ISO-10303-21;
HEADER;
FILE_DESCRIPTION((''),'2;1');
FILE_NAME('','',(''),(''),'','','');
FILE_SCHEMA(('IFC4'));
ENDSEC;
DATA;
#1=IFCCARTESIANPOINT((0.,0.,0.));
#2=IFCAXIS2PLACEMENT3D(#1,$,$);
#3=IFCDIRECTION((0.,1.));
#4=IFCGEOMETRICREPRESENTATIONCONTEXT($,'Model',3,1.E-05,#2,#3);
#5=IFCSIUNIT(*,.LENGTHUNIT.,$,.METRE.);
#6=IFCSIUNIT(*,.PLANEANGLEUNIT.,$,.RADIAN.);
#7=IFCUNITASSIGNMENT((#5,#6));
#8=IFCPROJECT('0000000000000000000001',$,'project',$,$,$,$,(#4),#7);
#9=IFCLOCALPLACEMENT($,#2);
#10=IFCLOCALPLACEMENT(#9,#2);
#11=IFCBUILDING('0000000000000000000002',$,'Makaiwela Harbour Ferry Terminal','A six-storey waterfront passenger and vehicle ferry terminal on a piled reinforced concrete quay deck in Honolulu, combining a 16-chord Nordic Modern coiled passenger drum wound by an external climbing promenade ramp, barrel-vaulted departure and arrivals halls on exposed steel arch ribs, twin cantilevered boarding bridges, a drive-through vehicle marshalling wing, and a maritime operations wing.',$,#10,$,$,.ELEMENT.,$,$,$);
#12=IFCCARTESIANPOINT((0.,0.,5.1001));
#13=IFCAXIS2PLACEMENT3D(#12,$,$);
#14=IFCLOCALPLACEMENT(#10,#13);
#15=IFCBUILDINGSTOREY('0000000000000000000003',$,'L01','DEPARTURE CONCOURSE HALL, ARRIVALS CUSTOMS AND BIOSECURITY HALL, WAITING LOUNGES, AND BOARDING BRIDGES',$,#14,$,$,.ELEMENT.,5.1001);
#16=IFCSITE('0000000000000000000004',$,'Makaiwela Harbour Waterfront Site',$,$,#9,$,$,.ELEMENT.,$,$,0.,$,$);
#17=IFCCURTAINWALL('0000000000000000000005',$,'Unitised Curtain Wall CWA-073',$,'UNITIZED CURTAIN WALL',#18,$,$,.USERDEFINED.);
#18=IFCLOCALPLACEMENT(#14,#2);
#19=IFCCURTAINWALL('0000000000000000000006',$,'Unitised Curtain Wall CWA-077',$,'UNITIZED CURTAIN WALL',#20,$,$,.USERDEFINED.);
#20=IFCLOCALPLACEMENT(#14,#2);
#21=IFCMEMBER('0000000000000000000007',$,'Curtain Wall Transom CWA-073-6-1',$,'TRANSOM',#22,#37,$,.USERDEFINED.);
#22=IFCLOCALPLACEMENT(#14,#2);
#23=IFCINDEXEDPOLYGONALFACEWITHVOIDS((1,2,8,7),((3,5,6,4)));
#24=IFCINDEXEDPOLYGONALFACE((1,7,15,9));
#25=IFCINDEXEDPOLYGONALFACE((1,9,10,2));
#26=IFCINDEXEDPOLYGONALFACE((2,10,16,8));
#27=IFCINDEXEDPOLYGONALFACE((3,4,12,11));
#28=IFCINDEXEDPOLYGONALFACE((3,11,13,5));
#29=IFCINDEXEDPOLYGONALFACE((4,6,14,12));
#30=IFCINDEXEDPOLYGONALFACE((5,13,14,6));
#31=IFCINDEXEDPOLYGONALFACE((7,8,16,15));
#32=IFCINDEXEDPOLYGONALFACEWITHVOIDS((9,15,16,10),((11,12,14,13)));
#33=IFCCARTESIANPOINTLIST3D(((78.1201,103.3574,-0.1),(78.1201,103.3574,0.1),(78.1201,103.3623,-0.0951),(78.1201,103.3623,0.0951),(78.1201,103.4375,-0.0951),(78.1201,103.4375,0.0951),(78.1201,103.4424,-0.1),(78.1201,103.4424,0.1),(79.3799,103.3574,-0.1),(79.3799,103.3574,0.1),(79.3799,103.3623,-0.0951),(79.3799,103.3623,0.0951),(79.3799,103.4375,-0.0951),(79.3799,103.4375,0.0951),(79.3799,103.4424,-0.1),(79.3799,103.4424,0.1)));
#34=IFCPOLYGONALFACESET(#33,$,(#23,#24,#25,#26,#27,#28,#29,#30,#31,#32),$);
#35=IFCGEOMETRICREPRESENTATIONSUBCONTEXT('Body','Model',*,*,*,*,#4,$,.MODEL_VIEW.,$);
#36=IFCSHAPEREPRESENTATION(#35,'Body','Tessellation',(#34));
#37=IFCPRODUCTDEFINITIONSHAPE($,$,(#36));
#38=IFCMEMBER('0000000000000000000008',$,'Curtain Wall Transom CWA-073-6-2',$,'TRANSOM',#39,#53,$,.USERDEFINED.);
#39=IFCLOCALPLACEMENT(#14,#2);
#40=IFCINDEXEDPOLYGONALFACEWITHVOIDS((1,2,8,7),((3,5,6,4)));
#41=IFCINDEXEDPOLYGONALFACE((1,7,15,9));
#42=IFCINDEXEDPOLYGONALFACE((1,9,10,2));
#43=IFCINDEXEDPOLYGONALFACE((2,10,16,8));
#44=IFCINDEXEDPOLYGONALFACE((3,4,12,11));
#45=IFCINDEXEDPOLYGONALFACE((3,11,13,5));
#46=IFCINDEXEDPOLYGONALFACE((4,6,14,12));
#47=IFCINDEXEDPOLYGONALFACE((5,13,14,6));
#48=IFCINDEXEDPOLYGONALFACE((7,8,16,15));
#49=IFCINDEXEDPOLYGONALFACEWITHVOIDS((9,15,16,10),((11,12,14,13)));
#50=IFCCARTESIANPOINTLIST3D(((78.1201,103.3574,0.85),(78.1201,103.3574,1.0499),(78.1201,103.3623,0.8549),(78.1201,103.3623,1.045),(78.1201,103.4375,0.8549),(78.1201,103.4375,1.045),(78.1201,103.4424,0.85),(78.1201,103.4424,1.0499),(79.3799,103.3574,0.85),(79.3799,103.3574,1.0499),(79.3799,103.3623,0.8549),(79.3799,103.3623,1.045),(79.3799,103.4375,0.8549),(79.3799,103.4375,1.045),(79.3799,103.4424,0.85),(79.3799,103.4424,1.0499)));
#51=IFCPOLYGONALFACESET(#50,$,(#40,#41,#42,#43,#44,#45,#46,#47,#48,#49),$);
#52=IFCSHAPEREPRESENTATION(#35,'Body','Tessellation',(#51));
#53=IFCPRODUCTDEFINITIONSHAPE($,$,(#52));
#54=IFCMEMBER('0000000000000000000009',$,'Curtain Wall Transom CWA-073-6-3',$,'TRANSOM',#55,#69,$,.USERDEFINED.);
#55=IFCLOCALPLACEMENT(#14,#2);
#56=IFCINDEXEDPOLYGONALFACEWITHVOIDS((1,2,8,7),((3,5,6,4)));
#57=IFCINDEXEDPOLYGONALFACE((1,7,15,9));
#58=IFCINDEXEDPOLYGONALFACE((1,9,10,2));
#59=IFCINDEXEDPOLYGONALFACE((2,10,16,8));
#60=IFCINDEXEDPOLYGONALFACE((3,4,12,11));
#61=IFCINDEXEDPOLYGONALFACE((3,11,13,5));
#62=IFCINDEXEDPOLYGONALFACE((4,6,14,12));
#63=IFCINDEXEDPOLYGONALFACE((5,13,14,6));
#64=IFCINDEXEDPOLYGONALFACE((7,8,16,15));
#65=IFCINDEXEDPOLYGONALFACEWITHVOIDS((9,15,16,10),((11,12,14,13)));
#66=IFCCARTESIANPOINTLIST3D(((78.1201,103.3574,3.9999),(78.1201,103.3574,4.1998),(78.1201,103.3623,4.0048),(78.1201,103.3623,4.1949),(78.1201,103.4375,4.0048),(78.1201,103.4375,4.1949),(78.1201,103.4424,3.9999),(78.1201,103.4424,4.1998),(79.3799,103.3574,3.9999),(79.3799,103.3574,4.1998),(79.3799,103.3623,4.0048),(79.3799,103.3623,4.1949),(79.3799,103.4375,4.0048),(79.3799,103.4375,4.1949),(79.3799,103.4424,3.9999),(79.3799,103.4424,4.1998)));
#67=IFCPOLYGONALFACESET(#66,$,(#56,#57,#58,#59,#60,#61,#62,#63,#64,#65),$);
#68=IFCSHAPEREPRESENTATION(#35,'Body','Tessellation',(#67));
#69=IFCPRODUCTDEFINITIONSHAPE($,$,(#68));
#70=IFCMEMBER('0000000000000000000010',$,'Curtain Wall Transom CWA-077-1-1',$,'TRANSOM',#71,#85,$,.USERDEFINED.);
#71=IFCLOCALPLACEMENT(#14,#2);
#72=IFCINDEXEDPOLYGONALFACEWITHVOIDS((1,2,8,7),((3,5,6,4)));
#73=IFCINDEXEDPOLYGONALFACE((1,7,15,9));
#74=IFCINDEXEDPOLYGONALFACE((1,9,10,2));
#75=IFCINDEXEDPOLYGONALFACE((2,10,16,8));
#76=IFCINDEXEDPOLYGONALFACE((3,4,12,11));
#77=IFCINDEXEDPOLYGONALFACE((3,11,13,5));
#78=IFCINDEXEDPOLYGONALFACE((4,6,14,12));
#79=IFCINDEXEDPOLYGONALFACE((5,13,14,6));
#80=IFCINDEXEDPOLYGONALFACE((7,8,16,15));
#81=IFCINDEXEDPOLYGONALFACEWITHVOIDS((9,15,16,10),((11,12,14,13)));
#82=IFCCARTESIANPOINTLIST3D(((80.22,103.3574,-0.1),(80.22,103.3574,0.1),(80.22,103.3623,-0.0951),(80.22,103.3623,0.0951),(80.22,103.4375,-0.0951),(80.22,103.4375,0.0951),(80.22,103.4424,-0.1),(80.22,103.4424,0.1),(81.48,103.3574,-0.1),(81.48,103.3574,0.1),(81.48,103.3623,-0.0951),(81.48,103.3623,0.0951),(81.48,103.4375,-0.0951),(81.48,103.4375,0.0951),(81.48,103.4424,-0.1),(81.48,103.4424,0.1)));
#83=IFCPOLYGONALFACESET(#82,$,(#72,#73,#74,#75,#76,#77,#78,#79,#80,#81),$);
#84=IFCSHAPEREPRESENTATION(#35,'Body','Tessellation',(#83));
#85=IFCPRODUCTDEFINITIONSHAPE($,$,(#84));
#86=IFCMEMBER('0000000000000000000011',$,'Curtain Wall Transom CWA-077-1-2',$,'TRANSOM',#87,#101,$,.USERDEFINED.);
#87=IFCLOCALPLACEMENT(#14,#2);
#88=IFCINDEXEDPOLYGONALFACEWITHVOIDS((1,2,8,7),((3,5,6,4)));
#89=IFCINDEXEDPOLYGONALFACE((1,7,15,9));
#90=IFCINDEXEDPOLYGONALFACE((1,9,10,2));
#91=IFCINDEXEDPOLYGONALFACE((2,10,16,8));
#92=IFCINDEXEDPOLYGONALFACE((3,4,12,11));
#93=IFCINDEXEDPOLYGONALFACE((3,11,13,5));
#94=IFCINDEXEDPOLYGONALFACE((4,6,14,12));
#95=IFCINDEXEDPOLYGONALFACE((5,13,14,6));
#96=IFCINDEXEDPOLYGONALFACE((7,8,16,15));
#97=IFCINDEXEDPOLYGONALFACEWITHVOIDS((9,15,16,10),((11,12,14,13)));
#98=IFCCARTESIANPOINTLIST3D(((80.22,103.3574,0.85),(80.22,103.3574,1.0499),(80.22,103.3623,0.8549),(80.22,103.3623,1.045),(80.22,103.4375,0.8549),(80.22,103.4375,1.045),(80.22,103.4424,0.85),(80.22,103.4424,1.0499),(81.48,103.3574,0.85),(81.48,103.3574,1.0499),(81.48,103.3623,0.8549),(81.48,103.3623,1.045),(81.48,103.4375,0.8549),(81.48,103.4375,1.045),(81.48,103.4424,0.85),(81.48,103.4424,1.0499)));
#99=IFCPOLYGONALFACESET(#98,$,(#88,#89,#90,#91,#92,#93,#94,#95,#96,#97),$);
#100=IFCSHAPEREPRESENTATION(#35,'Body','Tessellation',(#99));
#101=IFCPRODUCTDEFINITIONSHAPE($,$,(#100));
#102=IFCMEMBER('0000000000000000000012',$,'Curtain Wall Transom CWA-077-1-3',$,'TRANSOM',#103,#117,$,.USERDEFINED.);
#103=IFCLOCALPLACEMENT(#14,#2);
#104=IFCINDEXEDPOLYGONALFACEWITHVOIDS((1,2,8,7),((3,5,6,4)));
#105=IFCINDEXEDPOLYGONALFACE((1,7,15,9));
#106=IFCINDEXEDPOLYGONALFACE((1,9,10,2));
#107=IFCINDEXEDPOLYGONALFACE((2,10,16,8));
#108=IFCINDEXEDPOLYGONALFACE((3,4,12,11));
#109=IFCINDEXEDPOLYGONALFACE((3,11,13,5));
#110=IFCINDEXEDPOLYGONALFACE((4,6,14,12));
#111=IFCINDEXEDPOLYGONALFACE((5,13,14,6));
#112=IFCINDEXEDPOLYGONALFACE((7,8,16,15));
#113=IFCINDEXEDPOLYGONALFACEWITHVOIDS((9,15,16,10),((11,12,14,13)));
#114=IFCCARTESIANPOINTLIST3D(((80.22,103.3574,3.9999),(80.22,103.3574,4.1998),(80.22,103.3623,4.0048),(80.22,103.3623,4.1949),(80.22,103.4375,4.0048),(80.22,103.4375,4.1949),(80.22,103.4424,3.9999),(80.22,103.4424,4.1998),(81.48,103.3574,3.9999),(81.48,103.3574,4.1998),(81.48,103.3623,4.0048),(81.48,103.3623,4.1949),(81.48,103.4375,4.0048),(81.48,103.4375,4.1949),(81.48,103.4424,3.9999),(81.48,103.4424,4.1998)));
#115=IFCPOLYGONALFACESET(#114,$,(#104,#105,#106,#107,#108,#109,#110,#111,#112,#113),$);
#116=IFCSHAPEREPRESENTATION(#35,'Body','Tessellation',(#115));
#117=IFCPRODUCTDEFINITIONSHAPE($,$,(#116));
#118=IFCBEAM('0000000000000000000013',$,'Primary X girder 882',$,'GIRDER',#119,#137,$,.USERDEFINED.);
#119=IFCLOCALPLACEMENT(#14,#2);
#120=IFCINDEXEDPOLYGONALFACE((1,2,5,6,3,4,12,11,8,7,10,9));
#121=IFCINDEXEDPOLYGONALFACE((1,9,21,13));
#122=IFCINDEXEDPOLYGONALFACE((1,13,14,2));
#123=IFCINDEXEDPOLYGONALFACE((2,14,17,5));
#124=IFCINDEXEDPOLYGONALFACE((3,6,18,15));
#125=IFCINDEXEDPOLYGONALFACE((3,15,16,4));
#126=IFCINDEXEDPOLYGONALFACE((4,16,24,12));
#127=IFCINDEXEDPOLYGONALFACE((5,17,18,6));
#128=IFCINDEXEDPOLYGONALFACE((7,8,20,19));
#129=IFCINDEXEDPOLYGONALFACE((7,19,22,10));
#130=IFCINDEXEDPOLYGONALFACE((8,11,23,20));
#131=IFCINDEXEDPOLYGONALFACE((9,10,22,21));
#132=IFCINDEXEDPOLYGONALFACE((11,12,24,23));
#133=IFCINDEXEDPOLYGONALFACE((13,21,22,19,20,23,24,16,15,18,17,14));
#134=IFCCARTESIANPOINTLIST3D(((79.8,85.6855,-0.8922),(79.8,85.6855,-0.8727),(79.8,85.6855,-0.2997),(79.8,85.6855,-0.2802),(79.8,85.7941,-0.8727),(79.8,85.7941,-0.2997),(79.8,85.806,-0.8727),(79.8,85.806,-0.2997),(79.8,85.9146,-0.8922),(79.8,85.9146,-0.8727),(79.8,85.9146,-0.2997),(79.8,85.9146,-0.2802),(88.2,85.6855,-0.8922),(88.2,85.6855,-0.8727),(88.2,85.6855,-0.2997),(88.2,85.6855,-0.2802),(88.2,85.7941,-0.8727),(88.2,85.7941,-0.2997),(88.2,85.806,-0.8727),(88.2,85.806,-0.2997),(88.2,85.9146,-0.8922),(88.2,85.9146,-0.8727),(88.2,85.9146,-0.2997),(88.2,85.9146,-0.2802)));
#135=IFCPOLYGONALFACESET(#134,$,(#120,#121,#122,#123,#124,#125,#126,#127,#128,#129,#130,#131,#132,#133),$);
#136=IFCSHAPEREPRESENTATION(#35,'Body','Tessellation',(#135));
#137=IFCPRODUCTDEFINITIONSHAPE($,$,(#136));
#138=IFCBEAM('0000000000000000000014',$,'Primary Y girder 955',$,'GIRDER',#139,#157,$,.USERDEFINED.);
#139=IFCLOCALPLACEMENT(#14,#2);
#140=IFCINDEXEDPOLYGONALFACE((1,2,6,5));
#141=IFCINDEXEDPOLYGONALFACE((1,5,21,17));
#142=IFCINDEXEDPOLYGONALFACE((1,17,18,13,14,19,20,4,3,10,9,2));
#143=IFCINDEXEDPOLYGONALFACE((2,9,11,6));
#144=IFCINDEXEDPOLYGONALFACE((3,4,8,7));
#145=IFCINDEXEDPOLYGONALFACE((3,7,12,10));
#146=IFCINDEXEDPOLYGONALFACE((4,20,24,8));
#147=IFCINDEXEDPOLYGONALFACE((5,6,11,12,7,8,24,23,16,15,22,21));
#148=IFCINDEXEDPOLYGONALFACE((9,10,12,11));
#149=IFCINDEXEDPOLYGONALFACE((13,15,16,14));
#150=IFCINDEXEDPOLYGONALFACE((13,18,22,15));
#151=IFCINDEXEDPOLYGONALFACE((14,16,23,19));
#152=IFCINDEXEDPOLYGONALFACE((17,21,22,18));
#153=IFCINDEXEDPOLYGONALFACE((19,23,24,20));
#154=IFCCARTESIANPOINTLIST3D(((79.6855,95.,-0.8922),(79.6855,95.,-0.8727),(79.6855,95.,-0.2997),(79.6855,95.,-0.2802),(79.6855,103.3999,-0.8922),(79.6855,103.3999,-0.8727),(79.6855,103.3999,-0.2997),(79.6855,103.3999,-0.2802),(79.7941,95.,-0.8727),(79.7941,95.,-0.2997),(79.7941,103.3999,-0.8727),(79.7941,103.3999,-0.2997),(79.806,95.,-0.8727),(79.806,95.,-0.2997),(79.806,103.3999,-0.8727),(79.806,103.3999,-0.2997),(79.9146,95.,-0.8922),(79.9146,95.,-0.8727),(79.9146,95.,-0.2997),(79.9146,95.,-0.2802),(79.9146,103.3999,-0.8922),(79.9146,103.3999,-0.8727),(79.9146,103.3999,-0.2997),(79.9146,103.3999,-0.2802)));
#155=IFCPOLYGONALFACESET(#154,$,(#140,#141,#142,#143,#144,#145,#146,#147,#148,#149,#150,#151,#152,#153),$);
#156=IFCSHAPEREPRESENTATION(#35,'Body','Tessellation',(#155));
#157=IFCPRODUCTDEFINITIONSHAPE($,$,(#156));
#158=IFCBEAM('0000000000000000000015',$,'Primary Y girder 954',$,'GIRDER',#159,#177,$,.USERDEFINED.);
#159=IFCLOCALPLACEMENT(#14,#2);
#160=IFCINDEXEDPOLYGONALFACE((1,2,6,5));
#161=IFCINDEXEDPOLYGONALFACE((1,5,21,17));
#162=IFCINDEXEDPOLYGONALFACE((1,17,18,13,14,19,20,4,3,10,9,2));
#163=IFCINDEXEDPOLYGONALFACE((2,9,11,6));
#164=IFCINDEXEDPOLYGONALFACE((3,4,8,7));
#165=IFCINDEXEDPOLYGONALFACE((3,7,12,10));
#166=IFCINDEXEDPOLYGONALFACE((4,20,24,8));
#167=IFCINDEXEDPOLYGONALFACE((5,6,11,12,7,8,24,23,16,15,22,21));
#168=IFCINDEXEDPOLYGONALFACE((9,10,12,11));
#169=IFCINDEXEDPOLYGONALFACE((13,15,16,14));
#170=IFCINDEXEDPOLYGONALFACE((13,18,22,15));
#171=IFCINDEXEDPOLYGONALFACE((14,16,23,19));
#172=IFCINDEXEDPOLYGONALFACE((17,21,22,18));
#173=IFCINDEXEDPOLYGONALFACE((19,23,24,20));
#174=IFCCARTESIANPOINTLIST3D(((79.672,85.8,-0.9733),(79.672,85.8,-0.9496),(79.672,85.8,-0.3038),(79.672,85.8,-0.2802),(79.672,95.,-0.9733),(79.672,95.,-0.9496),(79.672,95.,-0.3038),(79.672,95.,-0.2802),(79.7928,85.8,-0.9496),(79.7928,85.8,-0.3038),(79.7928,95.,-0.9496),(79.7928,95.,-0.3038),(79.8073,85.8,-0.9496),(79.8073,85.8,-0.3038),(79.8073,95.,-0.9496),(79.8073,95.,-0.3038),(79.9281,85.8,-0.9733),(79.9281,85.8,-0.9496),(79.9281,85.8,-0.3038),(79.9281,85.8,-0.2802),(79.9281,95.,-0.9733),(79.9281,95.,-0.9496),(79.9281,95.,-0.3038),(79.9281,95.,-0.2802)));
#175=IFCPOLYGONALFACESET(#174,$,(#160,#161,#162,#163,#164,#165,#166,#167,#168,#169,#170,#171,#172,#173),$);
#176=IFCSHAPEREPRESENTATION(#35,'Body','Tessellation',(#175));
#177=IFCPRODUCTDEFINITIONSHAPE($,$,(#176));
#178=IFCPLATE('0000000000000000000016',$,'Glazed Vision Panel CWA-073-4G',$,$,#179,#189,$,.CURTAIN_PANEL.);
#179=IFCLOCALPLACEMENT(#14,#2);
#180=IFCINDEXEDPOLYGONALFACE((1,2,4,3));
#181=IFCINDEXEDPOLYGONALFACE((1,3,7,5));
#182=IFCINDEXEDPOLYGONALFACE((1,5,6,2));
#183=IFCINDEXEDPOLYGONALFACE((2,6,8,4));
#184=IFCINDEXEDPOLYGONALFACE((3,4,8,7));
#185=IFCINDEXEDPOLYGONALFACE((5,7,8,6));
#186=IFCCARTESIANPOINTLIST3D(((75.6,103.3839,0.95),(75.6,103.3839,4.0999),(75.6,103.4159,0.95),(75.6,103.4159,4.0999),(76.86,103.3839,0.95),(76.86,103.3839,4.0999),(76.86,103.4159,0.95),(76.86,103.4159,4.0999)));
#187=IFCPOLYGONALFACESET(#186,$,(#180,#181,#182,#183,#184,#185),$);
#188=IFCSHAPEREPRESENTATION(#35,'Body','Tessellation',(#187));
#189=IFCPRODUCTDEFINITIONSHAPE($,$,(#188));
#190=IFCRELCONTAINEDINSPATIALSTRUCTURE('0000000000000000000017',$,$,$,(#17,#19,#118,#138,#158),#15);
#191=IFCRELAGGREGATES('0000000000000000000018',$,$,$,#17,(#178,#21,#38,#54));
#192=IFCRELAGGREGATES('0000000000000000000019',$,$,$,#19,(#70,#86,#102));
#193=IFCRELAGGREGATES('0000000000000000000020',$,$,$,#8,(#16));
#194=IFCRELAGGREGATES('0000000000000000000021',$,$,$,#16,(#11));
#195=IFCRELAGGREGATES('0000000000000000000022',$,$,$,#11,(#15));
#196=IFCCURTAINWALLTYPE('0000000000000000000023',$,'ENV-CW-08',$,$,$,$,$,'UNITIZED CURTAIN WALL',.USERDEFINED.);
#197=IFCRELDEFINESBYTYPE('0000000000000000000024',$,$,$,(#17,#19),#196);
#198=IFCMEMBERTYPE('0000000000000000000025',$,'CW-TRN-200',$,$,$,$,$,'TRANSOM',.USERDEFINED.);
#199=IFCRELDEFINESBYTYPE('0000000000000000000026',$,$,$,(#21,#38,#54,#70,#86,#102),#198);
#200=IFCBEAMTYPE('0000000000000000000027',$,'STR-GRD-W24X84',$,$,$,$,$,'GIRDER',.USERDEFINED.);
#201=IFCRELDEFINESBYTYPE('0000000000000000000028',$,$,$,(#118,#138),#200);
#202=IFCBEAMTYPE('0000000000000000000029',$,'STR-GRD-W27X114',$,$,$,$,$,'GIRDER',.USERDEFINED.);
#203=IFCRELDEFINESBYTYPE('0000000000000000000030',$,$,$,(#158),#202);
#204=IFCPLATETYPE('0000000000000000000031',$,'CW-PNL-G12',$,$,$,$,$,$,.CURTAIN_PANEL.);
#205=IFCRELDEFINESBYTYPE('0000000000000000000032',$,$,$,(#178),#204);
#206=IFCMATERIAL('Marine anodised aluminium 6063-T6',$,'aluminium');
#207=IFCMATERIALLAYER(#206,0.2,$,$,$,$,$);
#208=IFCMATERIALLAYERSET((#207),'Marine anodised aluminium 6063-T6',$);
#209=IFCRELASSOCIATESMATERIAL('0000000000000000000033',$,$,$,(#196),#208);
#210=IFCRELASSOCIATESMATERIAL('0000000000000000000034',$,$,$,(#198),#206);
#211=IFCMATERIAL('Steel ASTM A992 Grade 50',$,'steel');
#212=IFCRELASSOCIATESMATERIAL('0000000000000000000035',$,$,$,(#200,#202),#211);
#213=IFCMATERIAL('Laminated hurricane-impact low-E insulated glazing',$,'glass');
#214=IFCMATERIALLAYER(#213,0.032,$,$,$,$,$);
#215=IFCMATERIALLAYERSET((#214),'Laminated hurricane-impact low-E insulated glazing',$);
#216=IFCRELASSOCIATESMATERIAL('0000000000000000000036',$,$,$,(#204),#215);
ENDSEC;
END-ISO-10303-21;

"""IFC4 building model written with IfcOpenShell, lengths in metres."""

from ifc_helpers import new_model, si_unit, direction, frame, origin, origin_2d, place, context, subcontext, project, spatial, rectangle, hollow_rectangle, i_section, extrude, material, layer, layer_set, material_profile, profile_set, type_object, element, aggregate, save


model = new_model("IFC4")

# Units and contexts
model_context = context("Model", 3, precision=1e-05, world=origin(), true_north=direction((0.0, 1.0)))
body_context = subcontext(model_context, "Body", "Model", "MODEL_VIEW")
ifc_project = project(units=[si_unit("LENGTHUNIT", "METRE"), si_unit("PLANEANGLEUNIT", "RADIAN")], contexts=[model_context])

# Site, building, storey
site_placement = place(None, origin())
site = spatial("IfcSite", under=ifc_project, at=site_placement, Name="Makaiwela Harbour Waterfront Site", CompositionType="ELEMENT", RefElevation=0.0)
building_placement = place(site_placement, origin())
building = spatial("IfcBuilding", under=site, at=building_placement, Name="Makaiwela Harbour Ferry Terminal", Description="A six-storey waterfront passenger and vehicle ferry terminal on a piled reinforced concrete quay deck in Honolulu, combining a 16-chord Nordic Modern coiled passenger drum wound by an external climbing promenade ramp, barrel-vaulted departure and arrivals halls on exposed steel arch ribs, twin cantilevered boarding bridges, a drive-through vehicle marshalling wing, and a maritime operations wing.", CompositionType="ELEMENT")
storey_placement = place(building_placement, frame((0.0, 0.0, 5.1001)))
storey = spatial("IfcBuildingStorey", under=building, at=storey_placement, Name="L01", Description="DEPARTURE CONCOURSE HALL, ARRIVALS CUSTOMS AND BIOSECURITY HALL, WAITING LOUNGES, AND BOARDING BRIDGES", CompositionType="ELEMENT", Elevation=5.1001)

# Shared definitions
ifc_material_1 = material(Name="Steel ASTM A992 Grade 50", Category="steel")

# Curtain wall
ifc_material_2 = material(Name="Marine anodised aluminium 6063-T6", Category="aluminium")
ifc_layer_1 = layer(ifc_material_2, 0.2)
ifc_layer_set_1 = layer_set([ifc_layer_1], Name="Marine anodised aluminium 6063-T6")
curtain_wall_type = type_object("IfcCurtainWallType", Name="ENV-CW-08", ElementType="UNITIZED CURTAIN WALL", PredefinedType="USERDEFINED", material=ifc_layer_set_1)
curtain_wall_1_placement = place(storey_placement, origin())
curtain_wall_1 = element("IfcCurtainWall", 1, at=curtain_wall_1_placement, inside=storey, type_object=curtain_wall_type, Name="Unitised Curtain Wall CWA-073", ObjectType="UNITIZED CURTAIN WALL", PredefinedType="USERDEFINED")

# Curtain wall
curtain_wall_2_placement = place(storey_placement, origin())
curtain_wall_2 = element("IfcCurtainWall", 2, at=curtain_wall_2_placement, inside=storey, type_object=curtain_wall_type, Name="Unitised Curtain Wall CWA-077", ObjectType="UNITIZED CURTAIN WALL", PredefinedType="USERDEFINED")

# Members
ifc_material_profile_1 = material_profile(ifc_material_2, hollow_rectangle(XDim=0.085, YDim=0.2, WallThickness=0.0049, at=origin_2d()), Name="CWT-200X85")
ifc_profile_set_1 = profile_set([ifc_material_profile_1], Name="Marine anodised aluminium 6063-T6")
member_type_1 = type_object("IfcMemberType", Name="CW-TRN-200", ElementType="TRANSOM", PredefinedType="USERDEFINED", material=ifc_profile_set_1)
member_1_placement = place(storey_placement, frame((78.1201, 103.3999, 0.0), z_axis=(1.0, 0.0, 0.0), x_axis=(0.0, 1.0, 0.0)))
member_1 = element("IfcMember", 3, at=member_1_placement, type_object=member_type_1, Name="Curtain Wall Transom CWA-073-6-1", ObjectType="TRANSOM", PredefinedType="USERDEFINED", context=body_context, shape_type="SweptSolid", body=[
    extrude(hollow_rectangle(XDim=0.085, YDim=0.2, WallThickness=0.0049, at=origin_2d()), origin(), (0.0, 0.0, 1.0), 1.2598),
])
member_2_placement = place(storey_placement, frame((78.1201, 103.3999, 0.95), z_axis=(1.0, 0.0, 0.0), x_axis=(0.0, 1.0, 0.0)))
member_2 = element("IfcMember", 4, at=member_2_placement, type_object=member_type_1, Name="Curtain Wall Transom CWA-073-6-2", ObjectType="TRANSOM", PredefinedType="USERDEFINED", context=body_context, shape_type="SweptSolid", body=[
    extrude(hollow_rectangle(XDim=0.085, YDim=0.2, WallThickness=0.0049, at=origin_2d()), origin(), (0.0, 0.0, 1.0), 1.2598),
])
member_3_placement = place(storey_placement, frame((78.1201, 103.3999, 4.0999), z_axis=(1.0, 0.0, 0.0), x_axis=(0.0, 1.0, 0.0)))
member_3 = element("IfcMember", 5, at=member_3_placement, type_object=member_type_1, Name="Curtain Wall Transom CWA-073-6-3", ObjectType="TRANSOM", PredefinedType="USERDEFINED", context=body_context, shape_type="SweptSolid", body=[
    extrude(hollow_rectangle(XDim=0.085, YDim=0.2, WallThickness=0.0049, at=origin_2d()), origin(), (0.0, 0.0, 1.0), 1.2598),
])
member_4_placement = place(storey_placement, frame((80.22, 103.3999, 0.0), z_axis=(1.0, 0.0, 0.0), x_axis=(0.0, 1.0, 0.0)))
member_4 = element("IfcMember", 6, at=member_4_placement, type_object=member_type_1, Name="Curtain Wall Transom CWA-077-1-1", ObjectType="TRANSOM", PredefinedType="USERDEFINED", context=body_context, shape_type="SweptSolid", body=[
    extrude(hollow_rectangle(XDim=0.085, YDim=0.2, WallThickness=0.0049, at=origin_2d()), origin(), (0.0, 0.0, 1.0), 1.26),
])
member_5_placement = place(storey_placement, frame((80.22, 103.3999, 0.95), z_axis=(1.0, 0.0, 0.0), x_axis=(0.0, 1.0, 0.0)))
member_5 = element("IfcMember", 7, at=member_5_placement, type_object=member_type_1, Name="Curtain Wall Transom CWA-077-1-2", ObjectType="TRANSOM", PredefinedType="USERDEFINED", context=body_context, shape_type="SweptSolid", body=[
    extrude(hollow_rectangle(XDim=0.085, YDim=0.2, WallThickness=0.0049, at=origin_2d()), origin(), (0.0, 0.0, 1.0), 1.26),
])
member_6_placement = place(storey_placement, frame((80.22, 103.3999, 4.0999), z_axis=(1.0, 0.0, 0.0), x_axis=(0.0, 1.0, 0.0)))
member_6 = element("IfcMember", 8, at=member_6_placement, type_object=member_type_1, Name="Curtain Wall Transom CWA-077-1-3", ObjectType="TRANSOM", PredefinedType="USERDEFINED", context=body_context, shape_type="SweptSolid", body=[
    extrude(hollow_rectangle(XDim=0.085, YDim=0.2, WallThickness=0.0049, at=origin_2d()), origin(), (0.0, 0.0, 1.0), 1.26),
])

# Beams
ifc_material_profile_2 = material_profile(ifc_material_1, i_section(OverallWidth=0.229, OverallDepth=0.6121, WebThickness=0.012, FlangeThickness=0.0195, at=origin_2d()), Name="W24X84")
ifc_profile_set_2 = profile_set([ifc_material_profile_2], Name="Steel ASTM A992 Grade 50")
beam_type_1 = type_object("IfcBeamType", Name="STR-GRD-W24X84", ElementType="GIRDER", PredefinedType="USERDEFINED", material=ifc_profile_set_2)
for number, where, z_axis, x_axis, name in (
    (9, (79.8, 85.8, -0.5862), (1.0, 0.0, 0.0), (0.0, 1.0, 0.0), "Primary X girder 882"),
    (10, (79.8, 95.0, -0.5862), (0.0, 1.0, 0.0), (-1.0, 0.0, 0.0), "Primary Y girder 955"),
):
    element("IfcBeam", number, at=place(storey_placement, frame(where, z_axis=z_axis, x_axis=x_axis)), inside=storey, type_object=beam_type_1, Name=name, ObjectType="GIRDER", PredefinedType="USERDEFINED", context=body_context, shape_type="SweptSolid", body=[
        extrude(i_section(OverallWidth=0.229, OverallDepth=0.6121, WebThickness=0.012, FlangeThickness=0.0195, at=origin_2d()), origin(), (0.0, 0.0, 1.0), 8.3999),
    ])
ifc_material_profile_3 = material_profile(ifc_material_1, i_section(OverallWidth=0.2561, OverallDepth=0.6931, WebThickness=0.0144, FlangeThickness=0.0237, at=origin_2d()), Name="W27X114")
ifc_profile_set_3 = profile_set([ifc_material_profile_3], Name="Steel ASTM A992 Grade 50")
beam_type_2 = type_object("IfcBeamType", Name="STR-GRD-W27X114", ElementType="GIRDER", PredefinedType="USERDEFINED", material=ifc_profile_set_3)
beam_placement = place(storey_placement, frame((79.8, 85.8, -0.6267), z_axis=(0.0, 1.0, 0.0), x_axis=(-1.0, 0.0, 0.0)))
element("IfcBeam", 11, at=beam_placement, inside=storey, type_object=beam_type_2, Name="Primary Y girder 954", ObjectType="GIRDER", PredefinedType="USERDEFINED", context=body_context, shape_type="SweptSolid", body=[
    extrude(i_section(OverallWidth=0.2561, OverallDepth=0.6931, WebThickness=0.0144, FlangeThickness=0.0237, at=origin_2d()), origin(), (0.0, 0.0, 1.0), 9.2),
])

# Plate
ifc_material_3 = material(Name="Laminated hurricane-impact low-E insulated glazing", Category="glass")
ifc_layer_2 = layer(ifc_material_3, 0.032)
ifc_layer_set_2 = layer_set([ifc_layer_2], Name="Laminated hurricane-impact low-E insulated glazing")
plate_type_1 = type_object("IfcPlateType", Name="CW-PNL-G12", PredefinedType="CURTAIN_PANEL", material=ifc_layer_set_2)
plate_1_placement = place(storey_placement, frame((76.23, 103.3999, 0.95), z_axis=(0.0, 0.0, 1.0), x_axis=(1.0, 0.0, 0.0)))
plate_1 = element("IfcPlate", 12, at=plate_1_placement, type_object=plate_type_1, Name="Glazed Vision Panel CWA-073-4G", PredefinedType="CURTAIN_PANEL", context=body_context, shape_type="SweptSolid", body=[
    extrude(rectangle(XDim=1.26, YDim=0.032, at=origin_2d()), origin(), (0.0, 0.0, 1.0), 3.1499),
])
aggregate(curtain_wall_1, [plate_1, member_1, member_2, member_3])
aggregate(curtain_wall_2, [member_4, member_5, member_6])

save(model, "model.ifc")
